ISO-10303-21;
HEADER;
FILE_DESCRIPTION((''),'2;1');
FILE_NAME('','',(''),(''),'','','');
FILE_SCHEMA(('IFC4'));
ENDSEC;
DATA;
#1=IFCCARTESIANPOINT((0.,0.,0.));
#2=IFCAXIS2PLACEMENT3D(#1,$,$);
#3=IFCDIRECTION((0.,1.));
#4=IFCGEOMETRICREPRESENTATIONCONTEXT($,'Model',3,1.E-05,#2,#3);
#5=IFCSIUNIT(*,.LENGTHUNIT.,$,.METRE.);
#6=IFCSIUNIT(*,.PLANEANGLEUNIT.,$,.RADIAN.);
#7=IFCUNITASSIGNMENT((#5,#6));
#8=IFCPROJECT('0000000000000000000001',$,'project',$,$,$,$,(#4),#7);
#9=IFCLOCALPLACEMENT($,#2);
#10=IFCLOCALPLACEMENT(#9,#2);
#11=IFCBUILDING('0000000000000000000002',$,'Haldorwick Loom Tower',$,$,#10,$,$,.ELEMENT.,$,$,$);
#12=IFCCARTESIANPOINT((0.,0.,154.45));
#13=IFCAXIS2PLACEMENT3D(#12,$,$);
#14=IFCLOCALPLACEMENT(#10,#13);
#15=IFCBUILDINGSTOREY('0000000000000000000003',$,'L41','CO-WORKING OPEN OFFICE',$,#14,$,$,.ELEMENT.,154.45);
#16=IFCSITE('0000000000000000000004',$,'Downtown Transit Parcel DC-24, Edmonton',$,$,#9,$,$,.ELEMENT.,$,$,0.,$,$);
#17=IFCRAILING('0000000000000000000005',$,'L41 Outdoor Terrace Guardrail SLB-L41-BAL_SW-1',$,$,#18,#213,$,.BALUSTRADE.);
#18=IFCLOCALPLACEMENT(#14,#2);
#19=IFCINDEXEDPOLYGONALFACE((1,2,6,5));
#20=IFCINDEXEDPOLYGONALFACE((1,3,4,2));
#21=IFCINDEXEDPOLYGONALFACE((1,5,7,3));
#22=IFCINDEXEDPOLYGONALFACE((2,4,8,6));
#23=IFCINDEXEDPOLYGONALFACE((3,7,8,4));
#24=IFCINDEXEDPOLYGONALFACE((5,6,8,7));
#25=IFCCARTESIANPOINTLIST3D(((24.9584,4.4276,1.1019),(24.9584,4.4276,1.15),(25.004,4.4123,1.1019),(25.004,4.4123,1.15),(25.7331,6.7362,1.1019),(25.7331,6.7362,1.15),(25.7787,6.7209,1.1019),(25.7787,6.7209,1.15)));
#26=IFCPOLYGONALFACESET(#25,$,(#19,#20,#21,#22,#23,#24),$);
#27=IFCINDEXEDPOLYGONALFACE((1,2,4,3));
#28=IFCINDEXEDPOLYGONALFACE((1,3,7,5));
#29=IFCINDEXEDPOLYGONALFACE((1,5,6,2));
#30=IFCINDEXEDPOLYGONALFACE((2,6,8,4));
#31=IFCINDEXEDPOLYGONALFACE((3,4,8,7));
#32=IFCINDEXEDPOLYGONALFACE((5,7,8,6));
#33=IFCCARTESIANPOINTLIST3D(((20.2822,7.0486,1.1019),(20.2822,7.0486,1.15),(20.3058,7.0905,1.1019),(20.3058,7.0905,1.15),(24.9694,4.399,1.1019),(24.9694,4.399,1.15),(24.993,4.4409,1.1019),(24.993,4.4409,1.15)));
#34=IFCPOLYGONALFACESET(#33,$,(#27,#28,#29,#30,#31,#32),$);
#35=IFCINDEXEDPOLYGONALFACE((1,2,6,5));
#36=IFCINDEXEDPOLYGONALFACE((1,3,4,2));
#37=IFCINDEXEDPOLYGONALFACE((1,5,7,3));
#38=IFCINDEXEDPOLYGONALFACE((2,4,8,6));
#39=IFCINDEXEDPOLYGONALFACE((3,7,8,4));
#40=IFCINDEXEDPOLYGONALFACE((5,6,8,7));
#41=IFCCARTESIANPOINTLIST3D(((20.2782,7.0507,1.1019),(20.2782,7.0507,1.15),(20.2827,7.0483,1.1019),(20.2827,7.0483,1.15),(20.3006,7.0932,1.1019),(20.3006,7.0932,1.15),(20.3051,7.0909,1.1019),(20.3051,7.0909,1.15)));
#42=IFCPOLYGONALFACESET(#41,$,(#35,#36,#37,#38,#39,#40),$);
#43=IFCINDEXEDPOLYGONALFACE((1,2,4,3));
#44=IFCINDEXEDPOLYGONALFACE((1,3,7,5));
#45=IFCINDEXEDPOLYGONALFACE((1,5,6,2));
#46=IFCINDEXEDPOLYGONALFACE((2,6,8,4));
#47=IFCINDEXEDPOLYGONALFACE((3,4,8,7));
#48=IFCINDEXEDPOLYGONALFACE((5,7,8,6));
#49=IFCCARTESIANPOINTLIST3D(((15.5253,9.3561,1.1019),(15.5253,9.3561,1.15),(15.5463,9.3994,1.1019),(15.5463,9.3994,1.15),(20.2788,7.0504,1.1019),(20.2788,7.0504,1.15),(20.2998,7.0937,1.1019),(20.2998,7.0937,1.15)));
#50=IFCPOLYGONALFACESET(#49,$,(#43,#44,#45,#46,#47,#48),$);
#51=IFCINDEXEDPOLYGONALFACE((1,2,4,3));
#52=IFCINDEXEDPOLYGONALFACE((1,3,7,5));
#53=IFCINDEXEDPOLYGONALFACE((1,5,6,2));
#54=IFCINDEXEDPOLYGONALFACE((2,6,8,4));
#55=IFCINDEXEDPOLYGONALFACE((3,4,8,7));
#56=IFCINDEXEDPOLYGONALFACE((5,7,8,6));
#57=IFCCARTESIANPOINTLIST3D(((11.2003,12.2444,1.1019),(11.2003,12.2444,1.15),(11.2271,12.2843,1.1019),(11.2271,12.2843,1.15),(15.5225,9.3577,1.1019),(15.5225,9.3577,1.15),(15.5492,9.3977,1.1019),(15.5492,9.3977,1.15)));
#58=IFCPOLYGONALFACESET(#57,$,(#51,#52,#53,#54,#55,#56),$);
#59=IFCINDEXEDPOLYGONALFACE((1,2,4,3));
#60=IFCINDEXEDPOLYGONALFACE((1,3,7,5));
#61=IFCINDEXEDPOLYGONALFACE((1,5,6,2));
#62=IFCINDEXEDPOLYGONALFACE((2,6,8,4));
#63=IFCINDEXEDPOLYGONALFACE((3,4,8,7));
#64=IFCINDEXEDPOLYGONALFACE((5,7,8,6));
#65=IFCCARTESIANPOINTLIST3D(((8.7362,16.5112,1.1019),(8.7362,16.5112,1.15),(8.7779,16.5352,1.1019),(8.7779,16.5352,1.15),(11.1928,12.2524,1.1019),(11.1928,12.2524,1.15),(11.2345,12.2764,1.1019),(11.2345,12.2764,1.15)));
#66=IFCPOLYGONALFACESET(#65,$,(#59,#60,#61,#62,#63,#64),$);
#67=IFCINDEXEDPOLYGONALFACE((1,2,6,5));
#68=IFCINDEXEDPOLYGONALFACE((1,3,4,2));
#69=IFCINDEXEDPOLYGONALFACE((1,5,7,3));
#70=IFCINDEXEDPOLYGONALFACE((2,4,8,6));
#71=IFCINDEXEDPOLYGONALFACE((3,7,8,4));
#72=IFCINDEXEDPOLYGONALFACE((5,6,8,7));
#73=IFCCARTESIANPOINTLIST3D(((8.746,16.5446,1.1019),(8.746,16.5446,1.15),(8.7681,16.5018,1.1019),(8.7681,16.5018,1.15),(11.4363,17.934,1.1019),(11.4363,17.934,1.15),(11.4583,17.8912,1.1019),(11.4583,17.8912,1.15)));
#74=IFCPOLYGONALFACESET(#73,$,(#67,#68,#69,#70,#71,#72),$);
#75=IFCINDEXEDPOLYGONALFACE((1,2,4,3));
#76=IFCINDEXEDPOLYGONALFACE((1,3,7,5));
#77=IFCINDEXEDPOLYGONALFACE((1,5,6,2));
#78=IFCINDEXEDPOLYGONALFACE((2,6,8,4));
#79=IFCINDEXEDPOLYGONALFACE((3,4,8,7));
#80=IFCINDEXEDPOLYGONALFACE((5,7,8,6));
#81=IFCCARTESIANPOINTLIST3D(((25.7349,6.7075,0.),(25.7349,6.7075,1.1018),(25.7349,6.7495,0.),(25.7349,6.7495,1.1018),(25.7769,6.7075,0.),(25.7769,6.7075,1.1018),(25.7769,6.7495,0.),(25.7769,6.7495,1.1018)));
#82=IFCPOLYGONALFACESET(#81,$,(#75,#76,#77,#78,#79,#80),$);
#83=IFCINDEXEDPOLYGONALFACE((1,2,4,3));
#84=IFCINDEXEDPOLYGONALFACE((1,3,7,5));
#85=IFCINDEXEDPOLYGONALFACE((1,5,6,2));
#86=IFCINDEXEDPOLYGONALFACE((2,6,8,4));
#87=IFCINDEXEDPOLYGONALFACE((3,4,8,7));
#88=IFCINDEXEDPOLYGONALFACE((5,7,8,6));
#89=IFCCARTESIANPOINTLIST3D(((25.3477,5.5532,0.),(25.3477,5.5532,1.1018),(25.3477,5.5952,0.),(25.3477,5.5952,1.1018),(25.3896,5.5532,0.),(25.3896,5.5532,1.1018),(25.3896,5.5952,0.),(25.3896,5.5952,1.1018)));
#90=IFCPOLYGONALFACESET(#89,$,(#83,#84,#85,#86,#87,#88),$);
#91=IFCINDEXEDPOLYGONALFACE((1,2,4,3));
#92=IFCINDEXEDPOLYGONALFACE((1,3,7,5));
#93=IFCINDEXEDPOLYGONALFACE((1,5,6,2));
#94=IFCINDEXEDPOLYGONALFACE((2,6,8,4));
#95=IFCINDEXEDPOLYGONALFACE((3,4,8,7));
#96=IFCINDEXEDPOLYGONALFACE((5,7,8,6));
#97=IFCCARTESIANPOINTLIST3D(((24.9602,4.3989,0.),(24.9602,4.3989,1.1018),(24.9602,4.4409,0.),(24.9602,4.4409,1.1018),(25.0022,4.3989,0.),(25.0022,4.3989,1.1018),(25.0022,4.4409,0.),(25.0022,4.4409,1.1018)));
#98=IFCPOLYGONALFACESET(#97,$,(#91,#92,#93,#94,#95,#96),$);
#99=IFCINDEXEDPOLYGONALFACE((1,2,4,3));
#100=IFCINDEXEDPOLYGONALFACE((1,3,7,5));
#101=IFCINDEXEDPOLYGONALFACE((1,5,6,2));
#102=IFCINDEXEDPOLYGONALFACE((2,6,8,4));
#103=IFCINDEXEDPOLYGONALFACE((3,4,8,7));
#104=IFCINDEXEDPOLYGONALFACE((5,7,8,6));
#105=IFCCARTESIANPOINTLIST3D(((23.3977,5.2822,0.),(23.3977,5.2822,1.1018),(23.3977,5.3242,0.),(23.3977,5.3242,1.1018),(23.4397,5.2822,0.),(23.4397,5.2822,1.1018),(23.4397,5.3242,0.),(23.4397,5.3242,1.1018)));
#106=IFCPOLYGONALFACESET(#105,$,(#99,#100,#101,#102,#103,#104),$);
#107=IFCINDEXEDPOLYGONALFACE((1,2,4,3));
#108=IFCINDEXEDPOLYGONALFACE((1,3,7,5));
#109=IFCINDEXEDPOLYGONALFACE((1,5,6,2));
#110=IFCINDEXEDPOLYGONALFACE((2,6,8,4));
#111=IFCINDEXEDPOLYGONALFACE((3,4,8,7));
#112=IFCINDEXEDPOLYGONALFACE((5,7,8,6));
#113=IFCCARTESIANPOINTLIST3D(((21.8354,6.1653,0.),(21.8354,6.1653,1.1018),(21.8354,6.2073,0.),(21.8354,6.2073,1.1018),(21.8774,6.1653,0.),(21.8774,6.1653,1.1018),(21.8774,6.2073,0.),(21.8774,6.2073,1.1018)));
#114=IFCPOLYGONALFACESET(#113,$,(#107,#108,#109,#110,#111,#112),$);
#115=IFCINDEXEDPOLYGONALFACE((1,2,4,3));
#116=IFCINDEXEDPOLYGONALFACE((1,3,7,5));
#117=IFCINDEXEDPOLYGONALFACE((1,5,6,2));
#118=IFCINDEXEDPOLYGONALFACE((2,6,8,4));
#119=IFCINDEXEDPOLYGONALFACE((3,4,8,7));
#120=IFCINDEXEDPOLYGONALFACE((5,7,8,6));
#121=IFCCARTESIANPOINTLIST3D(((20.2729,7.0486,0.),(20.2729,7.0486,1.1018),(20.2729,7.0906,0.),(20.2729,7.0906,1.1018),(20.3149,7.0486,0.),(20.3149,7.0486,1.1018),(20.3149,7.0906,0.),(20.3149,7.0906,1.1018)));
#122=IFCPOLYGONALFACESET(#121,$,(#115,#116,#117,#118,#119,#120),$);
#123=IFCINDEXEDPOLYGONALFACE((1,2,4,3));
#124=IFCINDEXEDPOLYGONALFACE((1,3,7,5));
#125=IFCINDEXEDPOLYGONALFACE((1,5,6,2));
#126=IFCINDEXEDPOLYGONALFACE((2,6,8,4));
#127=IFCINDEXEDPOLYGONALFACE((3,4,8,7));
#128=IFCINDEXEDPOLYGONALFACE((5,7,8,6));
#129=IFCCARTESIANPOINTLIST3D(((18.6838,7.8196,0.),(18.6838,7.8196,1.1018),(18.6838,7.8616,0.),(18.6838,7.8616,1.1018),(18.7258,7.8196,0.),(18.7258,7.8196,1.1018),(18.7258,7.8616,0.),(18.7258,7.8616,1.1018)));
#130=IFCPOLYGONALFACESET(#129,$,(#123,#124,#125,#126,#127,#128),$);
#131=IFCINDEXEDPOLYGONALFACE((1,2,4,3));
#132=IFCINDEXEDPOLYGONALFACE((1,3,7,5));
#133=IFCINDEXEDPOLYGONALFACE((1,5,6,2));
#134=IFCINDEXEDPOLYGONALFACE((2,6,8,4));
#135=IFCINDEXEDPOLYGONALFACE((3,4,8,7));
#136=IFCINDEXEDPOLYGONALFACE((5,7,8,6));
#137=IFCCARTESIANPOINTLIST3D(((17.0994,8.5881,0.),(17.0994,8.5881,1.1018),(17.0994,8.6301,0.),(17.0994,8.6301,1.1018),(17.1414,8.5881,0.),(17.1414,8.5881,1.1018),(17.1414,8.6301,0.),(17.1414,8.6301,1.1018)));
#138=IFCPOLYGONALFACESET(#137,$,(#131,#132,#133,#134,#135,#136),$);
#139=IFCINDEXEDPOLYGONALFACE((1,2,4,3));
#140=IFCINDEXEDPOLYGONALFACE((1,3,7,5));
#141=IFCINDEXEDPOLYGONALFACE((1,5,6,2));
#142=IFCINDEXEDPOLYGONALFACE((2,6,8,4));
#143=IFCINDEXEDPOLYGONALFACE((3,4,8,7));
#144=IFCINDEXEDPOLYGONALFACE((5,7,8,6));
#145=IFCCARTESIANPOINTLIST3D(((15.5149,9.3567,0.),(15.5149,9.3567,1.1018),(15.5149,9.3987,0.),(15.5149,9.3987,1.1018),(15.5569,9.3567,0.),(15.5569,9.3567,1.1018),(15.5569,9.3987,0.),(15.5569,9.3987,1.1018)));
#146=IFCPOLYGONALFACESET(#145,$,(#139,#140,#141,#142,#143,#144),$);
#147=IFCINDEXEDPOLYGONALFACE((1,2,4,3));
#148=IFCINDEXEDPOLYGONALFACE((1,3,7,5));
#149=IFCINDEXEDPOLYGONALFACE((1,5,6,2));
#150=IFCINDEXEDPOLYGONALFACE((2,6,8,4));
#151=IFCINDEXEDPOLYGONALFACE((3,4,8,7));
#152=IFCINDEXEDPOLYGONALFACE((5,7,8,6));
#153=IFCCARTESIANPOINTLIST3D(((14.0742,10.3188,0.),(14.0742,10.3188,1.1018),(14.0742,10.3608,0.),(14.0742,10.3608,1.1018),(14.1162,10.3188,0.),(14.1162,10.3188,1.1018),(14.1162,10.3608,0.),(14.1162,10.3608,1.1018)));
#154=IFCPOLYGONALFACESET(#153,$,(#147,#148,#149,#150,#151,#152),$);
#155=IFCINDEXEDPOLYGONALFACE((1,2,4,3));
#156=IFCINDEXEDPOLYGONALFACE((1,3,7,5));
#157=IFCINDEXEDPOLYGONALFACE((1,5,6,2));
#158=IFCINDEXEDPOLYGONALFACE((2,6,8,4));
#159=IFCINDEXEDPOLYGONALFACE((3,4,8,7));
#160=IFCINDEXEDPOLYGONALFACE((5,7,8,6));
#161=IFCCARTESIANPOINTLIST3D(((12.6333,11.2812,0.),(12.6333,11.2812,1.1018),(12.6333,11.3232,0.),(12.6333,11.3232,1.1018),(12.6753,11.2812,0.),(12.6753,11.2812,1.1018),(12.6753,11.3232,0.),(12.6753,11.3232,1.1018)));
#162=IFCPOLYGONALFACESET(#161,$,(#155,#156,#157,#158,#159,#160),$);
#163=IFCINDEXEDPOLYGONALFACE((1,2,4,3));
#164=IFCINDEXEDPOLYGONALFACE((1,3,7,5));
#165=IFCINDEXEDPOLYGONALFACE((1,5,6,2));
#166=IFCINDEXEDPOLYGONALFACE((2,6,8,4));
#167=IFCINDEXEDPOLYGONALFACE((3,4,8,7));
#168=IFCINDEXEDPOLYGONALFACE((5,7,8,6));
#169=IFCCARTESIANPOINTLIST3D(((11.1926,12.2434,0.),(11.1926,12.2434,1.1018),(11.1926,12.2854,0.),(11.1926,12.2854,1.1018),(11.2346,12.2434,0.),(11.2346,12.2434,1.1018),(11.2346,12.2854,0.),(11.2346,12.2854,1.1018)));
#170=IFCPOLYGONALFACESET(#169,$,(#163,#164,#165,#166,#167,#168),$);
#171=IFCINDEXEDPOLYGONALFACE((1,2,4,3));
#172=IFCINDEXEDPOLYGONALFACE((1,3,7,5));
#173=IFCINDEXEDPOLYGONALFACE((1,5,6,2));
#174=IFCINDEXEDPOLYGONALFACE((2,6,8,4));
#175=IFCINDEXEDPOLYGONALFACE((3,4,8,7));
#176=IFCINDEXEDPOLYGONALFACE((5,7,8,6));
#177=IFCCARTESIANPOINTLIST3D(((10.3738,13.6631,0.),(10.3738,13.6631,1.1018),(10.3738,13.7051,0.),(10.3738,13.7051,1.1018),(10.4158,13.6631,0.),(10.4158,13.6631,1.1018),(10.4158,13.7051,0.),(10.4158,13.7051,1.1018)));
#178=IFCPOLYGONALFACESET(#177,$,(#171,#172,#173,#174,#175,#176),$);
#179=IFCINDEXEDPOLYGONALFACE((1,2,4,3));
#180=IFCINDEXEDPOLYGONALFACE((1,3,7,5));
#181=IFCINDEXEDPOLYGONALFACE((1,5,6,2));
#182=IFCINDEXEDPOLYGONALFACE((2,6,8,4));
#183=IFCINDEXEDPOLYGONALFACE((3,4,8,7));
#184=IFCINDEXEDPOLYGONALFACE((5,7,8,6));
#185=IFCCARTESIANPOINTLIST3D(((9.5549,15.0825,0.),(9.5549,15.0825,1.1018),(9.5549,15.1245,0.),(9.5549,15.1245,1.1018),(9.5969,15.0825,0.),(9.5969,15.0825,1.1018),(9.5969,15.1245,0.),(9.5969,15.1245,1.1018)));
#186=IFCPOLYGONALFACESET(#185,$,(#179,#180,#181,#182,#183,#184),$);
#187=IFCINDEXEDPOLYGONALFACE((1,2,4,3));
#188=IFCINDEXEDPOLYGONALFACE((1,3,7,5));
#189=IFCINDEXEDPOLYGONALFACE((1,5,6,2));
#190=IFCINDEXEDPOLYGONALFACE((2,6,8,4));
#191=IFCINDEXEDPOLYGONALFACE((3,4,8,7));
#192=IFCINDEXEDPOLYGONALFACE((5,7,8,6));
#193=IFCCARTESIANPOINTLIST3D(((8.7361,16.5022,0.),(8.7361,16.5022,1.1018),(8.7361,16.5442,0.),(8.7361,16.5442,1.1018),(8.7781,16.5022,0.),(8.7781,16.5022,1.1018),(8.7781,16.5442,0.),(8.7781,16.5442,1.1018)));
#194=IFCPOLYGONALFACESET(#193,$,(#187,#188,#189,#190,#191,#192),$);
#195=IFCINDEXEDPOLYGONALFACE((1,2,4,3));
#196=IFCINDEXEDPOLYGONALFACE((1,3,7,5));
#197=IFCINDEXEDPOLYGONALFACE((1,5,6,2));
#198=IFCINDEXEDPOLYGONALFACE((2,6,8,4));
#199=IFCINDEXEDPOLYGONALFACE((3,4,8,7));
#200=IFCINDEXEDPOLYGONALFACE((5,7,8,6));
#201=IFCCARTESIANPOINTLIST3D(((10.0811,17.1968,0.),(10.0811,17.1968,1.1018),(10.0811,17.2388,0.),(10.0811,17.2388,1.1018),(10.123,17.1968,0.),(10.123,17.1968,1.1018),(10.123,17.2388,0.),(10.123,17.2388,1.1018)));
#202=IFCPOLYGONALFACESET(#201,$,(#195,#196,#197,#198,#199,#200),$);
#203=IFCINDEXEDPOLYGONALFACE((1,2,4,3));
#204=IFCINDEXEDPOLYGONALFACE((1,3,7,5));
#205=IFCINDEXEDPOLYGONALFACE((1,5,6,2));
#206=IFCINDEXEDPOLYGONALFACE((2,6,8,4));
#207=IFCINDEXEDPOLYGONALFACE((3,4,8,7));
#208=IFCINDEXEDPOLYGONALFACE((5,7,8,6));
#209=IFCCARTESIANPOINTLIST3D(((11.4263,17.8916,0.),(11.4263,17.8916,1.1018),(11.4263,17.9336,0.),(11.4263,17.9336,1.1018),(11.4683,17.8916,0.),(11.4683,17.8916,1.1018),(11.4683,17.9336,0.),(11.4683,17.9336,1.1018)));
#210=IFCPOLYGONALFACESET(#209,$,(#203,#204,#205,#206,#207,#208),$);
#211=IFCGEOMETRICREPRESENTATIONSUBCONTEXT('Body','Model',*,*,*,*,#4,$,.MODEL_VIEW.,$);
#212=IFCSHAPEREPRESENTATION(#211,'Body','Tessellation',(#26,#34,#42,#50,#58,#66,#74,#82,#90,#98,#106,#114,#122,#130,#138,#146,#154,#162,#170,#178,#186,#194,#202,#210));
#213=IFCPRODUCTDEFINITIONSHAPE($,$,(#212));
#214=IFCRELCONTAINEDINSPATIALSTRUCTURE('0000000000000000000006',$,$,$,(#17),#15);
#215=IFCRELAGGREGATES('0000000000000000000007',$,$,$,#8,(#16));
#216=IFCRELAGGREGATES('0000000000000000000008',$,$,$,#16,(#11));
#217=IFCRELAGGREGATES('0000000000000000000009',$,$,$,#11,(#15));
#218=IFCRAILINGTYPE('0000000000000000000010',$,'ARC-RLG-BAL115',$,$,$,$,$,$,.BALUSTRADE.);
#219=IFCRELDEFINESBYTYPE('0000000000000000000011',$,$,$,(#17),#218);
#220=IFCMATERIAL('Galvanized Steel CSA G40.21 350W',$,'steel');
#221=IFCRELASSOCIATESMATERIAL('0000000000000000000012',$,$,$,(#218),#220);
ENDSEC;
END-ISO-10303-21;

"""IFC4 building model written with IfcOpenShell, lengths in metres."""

from ifc_helpers import new_model, si_unit, direction, frame, origin, origin_2d, place, context, subcontext, project, spatial, rectangle, extrude, material, type_object, element, save


model = new_model("IFC4")

# Units and contexts
model_context = context("Model", 3, precision=1e-05, world=origin(), true_north=direction((0.0, 1.0)))
body_context = subcontext(model_context, "Body", "Model", "MODEL_VIEW")
ifc_project = project(units=[si_unit("LENGTHUNIT", "METRE"), si_unit("PLANEANGLEUNIT", "RADIAN")], contexts=[model_context])

# Site, building, storey
site_placement = place(None, origin())
site = spatial("IfcSite", under=ifc_project, at=site_placement, Name="Downtown Transit Parcel DC-24, Edmonton", CompositionType="ELEMENT", RefElevation=0.0)
building_placement = place(site_placement, origin())
building = spatial("IfcBuilding", under=site, at=building_placement, Name="Haldorwick Loom Tower", CompositionType="ELEMENT")
storey_placement = place(building_placement, frame((0.0, 0.0, 154.45)))
storey = spatial("IfcBuildingStorey", under=building, at=storey_placement, Name="L41", Description="CO-WORKING OPEN OFFICE", CompositionType="ELEMENT", Elevation=154.45)

# Railing
ifc_material_1 = material(Name="Galvanized Steel CSA G40.21 350W", Category="steel")
railing_type = type_object("IfcRailingType", Name="ARC-RLG-BAL115", PredefinedType="BALUSTRADE", material=ifc_material_1)
railing_placement = place(storey_placement, frame((25.7559, 6.7285, 0.0)))
element("IfcRailing", 1, at=railing_placement, inside=storey, type_object=railing_type, Name="L41 Outdoor Terrace Guardrail SLB-L41-BAL_SW-1", PredefinedType="BALUSTRADE", context=body_context, shape_type="SweptSolid", body=[
    extrude(rectangle(XDim=0.0481, YDim=0.0481, at=origin_2d()), frame((0.0, 0.0, 1.126), z_axis=(-0.318122, -0.94805, 0.0), x_axis=(0.94805, -0.318122, 0.0)), (0.0, 0.0, 1.0), 2.4351),
    extrude(rectangle(XDim=0.0481, YDim=0.0481, at=origin_2d()), frame((-0.7747, -2.3086, 1.126), z_axis=(-0.870536, 0.492105, 0.0), x_axis=(-0.492105, -0.870536, 0.0)), (0.0, 0.0, 1.0), 5.3843),
    extrude(rectangle(XDim=0.0481, YDim=0.0481, at=origin_2d()), frame((-5.4619, 0.3411, 1.126), z_axis=(-0.884918, 0.465746, 0.0), x_axis=(-0.465746, -0.884918, 0.0)), (0.0, 0.0, 1.0), 0.0051),
    extrude(rectangle(XDim=0.0481, YDim=0.0481, at=origin_2d()), frame((-5.4666, 0.3435, 1.126), z_axis=(-0.899742, 0.436423, 0.0), x_axis=(-0.436423, -0.899742, 0.0)), (0.0, 0.0, 1.0), 5.2832),
    extrude(rectangle(XDim=0.0481, YDim=0.0481, at=origin_2d()), frame((-10.22, 2.6492, 1.126), z_axis=(-0.831588, 0.555394, 0.0), x_axis=(-0.555394, -0.831588, 0.0)), (0.0, 0.0, 1.0), 5.1975),
    extrude(rectangle(XDim=0.0481, YDim=0.0481, at=origin_2d()), frame((-14.5422, 5.5359, 1.126), z_axis=(-0.499654, 0.866225, 0.0), x_axis=(-0.866225, -0.499654, 0.0)), (0.0, 0.0, 1.0), 4.9165),
    extrude(rectangle(XDim=0.0481, YDim=0.0481, at=origin_2d()), frame((-16.9988, 9.7947, 1.126), z_axis=(0.888497, 0.458883, 0.0), x_axis=(-0.458883, 0.888497, 0.0)), (0.0, 0.0, 1.0), 3.0278),
    extrude(rectangle(XDim=0.042, YDim=0.042, at=origin_2d()), origin(), (0.0, 0.0, 1.0), 1.1018),
    extrude(rectangle(XDim=0.042, YDim=0.042, at=origin_2d()), frame((-0.3872, -1.1543, 0.0)), (0.0, 0.0, 1.0), 1.1018),
    extrude(rectangle(XDim=0.042, YDim=0.042, at=origin_2d()), frame((-0.7747, -2.3086, 0.0)), (0.0, 0.0, 1.0), 1.1018),
    extrude(rectangle(XDim=0.042, YDim=0.042, at=origin_2d()), frame((-2.3372, -1.4253, 0.0)), (0.0, 0.0, 1.0), 1.1018),
    extrude(rectangle(XDim=0.042, YDim=0.042, at=origin_2d()), frame((-3.8994, -0.5422, 0.0)), (0.0, 0.0, 1.0), 1.1018),
    extrude(rectangle(XDim=0.042, YDim=0.042, at=origin_2d()), frame((-5.4619, 0.3411, 0.0)), (0.0, 0.0, 1.0), 1.1018),
    extrude(rectangle(XDim=0.042, YDim=0.042, at=origin_2d()), frame((-7.051, 1.1121, 0.0)), (0.0, 0.0, 1.0), 1.1018),
    extrude(rectangle(XDim=0.042, YDim=0.042, at=origin_2d()), frame((-8.6355, 1.8806, 0.0)), (0.0, 0.0, 1.0), 1.1018),
    extrude(rectangle(XDim=0.042, YDim=0.042, at=origin_2d()), frame((-10.22, 2.6492, 0.0)), (0.0, 0.0, 1.0), 1.1018),
    extrude(rectangle(XDim=0.042, YDim=0.042, at=origin_2d()), frame((-11.6606, 3.6113, 0.0)), (0.0, 0.0, 1.0), 1.1018),
    extrude(rectangle(XDim=0.042, YDim=0.042, at=origin_2d()), frame((-13.1016, 4.5737, 0.0)), (0.0, 0.0, 1.0), 1.1018),
    extrude(rectangle(XDim=0.042, YDim=0.042, at=origin_2d()), frame((-14.5422, 5.5359, 0.0)), (0.0, 0.0, 1.0), 1.1018),
    extrude(rectangle(XDim=0.042, YDim=0.042, at=origin_2d()), frame((-15.3611, 6.9556, 0.0)), (0.0, 0.0, 1.0), 1.1018),
    extrude(rectangle(XDim=0.042, YDim=0.042, at=origin_2d()), frame((-16.1799, 8.375, 0.0)), (0.0, 0.0, 1.0), 1.1018),
    extrude(rectangle(XDim=0.042, YDim=0.042, at=origin_2d()), frame((-16.9988, 9.7947, 0.0)), (0.0, 0.0, 1.0), 1.1018),
    extrude(rectangle(XDim=0.042, YDim=0.042, at=origin_2d()), frame((-15.6538, 10.4893, 0.0)), (0.0, 0.0, 1.0), 1.1018),
    extrude(rectangle(XDim=0.042, YDim=0.042, at=origin_2d()), frame((-14.3086, 11.1841, 0.0)), (0.0, 0.0, 1.0), 1.1018),
])

save(model, "model.ifc")
